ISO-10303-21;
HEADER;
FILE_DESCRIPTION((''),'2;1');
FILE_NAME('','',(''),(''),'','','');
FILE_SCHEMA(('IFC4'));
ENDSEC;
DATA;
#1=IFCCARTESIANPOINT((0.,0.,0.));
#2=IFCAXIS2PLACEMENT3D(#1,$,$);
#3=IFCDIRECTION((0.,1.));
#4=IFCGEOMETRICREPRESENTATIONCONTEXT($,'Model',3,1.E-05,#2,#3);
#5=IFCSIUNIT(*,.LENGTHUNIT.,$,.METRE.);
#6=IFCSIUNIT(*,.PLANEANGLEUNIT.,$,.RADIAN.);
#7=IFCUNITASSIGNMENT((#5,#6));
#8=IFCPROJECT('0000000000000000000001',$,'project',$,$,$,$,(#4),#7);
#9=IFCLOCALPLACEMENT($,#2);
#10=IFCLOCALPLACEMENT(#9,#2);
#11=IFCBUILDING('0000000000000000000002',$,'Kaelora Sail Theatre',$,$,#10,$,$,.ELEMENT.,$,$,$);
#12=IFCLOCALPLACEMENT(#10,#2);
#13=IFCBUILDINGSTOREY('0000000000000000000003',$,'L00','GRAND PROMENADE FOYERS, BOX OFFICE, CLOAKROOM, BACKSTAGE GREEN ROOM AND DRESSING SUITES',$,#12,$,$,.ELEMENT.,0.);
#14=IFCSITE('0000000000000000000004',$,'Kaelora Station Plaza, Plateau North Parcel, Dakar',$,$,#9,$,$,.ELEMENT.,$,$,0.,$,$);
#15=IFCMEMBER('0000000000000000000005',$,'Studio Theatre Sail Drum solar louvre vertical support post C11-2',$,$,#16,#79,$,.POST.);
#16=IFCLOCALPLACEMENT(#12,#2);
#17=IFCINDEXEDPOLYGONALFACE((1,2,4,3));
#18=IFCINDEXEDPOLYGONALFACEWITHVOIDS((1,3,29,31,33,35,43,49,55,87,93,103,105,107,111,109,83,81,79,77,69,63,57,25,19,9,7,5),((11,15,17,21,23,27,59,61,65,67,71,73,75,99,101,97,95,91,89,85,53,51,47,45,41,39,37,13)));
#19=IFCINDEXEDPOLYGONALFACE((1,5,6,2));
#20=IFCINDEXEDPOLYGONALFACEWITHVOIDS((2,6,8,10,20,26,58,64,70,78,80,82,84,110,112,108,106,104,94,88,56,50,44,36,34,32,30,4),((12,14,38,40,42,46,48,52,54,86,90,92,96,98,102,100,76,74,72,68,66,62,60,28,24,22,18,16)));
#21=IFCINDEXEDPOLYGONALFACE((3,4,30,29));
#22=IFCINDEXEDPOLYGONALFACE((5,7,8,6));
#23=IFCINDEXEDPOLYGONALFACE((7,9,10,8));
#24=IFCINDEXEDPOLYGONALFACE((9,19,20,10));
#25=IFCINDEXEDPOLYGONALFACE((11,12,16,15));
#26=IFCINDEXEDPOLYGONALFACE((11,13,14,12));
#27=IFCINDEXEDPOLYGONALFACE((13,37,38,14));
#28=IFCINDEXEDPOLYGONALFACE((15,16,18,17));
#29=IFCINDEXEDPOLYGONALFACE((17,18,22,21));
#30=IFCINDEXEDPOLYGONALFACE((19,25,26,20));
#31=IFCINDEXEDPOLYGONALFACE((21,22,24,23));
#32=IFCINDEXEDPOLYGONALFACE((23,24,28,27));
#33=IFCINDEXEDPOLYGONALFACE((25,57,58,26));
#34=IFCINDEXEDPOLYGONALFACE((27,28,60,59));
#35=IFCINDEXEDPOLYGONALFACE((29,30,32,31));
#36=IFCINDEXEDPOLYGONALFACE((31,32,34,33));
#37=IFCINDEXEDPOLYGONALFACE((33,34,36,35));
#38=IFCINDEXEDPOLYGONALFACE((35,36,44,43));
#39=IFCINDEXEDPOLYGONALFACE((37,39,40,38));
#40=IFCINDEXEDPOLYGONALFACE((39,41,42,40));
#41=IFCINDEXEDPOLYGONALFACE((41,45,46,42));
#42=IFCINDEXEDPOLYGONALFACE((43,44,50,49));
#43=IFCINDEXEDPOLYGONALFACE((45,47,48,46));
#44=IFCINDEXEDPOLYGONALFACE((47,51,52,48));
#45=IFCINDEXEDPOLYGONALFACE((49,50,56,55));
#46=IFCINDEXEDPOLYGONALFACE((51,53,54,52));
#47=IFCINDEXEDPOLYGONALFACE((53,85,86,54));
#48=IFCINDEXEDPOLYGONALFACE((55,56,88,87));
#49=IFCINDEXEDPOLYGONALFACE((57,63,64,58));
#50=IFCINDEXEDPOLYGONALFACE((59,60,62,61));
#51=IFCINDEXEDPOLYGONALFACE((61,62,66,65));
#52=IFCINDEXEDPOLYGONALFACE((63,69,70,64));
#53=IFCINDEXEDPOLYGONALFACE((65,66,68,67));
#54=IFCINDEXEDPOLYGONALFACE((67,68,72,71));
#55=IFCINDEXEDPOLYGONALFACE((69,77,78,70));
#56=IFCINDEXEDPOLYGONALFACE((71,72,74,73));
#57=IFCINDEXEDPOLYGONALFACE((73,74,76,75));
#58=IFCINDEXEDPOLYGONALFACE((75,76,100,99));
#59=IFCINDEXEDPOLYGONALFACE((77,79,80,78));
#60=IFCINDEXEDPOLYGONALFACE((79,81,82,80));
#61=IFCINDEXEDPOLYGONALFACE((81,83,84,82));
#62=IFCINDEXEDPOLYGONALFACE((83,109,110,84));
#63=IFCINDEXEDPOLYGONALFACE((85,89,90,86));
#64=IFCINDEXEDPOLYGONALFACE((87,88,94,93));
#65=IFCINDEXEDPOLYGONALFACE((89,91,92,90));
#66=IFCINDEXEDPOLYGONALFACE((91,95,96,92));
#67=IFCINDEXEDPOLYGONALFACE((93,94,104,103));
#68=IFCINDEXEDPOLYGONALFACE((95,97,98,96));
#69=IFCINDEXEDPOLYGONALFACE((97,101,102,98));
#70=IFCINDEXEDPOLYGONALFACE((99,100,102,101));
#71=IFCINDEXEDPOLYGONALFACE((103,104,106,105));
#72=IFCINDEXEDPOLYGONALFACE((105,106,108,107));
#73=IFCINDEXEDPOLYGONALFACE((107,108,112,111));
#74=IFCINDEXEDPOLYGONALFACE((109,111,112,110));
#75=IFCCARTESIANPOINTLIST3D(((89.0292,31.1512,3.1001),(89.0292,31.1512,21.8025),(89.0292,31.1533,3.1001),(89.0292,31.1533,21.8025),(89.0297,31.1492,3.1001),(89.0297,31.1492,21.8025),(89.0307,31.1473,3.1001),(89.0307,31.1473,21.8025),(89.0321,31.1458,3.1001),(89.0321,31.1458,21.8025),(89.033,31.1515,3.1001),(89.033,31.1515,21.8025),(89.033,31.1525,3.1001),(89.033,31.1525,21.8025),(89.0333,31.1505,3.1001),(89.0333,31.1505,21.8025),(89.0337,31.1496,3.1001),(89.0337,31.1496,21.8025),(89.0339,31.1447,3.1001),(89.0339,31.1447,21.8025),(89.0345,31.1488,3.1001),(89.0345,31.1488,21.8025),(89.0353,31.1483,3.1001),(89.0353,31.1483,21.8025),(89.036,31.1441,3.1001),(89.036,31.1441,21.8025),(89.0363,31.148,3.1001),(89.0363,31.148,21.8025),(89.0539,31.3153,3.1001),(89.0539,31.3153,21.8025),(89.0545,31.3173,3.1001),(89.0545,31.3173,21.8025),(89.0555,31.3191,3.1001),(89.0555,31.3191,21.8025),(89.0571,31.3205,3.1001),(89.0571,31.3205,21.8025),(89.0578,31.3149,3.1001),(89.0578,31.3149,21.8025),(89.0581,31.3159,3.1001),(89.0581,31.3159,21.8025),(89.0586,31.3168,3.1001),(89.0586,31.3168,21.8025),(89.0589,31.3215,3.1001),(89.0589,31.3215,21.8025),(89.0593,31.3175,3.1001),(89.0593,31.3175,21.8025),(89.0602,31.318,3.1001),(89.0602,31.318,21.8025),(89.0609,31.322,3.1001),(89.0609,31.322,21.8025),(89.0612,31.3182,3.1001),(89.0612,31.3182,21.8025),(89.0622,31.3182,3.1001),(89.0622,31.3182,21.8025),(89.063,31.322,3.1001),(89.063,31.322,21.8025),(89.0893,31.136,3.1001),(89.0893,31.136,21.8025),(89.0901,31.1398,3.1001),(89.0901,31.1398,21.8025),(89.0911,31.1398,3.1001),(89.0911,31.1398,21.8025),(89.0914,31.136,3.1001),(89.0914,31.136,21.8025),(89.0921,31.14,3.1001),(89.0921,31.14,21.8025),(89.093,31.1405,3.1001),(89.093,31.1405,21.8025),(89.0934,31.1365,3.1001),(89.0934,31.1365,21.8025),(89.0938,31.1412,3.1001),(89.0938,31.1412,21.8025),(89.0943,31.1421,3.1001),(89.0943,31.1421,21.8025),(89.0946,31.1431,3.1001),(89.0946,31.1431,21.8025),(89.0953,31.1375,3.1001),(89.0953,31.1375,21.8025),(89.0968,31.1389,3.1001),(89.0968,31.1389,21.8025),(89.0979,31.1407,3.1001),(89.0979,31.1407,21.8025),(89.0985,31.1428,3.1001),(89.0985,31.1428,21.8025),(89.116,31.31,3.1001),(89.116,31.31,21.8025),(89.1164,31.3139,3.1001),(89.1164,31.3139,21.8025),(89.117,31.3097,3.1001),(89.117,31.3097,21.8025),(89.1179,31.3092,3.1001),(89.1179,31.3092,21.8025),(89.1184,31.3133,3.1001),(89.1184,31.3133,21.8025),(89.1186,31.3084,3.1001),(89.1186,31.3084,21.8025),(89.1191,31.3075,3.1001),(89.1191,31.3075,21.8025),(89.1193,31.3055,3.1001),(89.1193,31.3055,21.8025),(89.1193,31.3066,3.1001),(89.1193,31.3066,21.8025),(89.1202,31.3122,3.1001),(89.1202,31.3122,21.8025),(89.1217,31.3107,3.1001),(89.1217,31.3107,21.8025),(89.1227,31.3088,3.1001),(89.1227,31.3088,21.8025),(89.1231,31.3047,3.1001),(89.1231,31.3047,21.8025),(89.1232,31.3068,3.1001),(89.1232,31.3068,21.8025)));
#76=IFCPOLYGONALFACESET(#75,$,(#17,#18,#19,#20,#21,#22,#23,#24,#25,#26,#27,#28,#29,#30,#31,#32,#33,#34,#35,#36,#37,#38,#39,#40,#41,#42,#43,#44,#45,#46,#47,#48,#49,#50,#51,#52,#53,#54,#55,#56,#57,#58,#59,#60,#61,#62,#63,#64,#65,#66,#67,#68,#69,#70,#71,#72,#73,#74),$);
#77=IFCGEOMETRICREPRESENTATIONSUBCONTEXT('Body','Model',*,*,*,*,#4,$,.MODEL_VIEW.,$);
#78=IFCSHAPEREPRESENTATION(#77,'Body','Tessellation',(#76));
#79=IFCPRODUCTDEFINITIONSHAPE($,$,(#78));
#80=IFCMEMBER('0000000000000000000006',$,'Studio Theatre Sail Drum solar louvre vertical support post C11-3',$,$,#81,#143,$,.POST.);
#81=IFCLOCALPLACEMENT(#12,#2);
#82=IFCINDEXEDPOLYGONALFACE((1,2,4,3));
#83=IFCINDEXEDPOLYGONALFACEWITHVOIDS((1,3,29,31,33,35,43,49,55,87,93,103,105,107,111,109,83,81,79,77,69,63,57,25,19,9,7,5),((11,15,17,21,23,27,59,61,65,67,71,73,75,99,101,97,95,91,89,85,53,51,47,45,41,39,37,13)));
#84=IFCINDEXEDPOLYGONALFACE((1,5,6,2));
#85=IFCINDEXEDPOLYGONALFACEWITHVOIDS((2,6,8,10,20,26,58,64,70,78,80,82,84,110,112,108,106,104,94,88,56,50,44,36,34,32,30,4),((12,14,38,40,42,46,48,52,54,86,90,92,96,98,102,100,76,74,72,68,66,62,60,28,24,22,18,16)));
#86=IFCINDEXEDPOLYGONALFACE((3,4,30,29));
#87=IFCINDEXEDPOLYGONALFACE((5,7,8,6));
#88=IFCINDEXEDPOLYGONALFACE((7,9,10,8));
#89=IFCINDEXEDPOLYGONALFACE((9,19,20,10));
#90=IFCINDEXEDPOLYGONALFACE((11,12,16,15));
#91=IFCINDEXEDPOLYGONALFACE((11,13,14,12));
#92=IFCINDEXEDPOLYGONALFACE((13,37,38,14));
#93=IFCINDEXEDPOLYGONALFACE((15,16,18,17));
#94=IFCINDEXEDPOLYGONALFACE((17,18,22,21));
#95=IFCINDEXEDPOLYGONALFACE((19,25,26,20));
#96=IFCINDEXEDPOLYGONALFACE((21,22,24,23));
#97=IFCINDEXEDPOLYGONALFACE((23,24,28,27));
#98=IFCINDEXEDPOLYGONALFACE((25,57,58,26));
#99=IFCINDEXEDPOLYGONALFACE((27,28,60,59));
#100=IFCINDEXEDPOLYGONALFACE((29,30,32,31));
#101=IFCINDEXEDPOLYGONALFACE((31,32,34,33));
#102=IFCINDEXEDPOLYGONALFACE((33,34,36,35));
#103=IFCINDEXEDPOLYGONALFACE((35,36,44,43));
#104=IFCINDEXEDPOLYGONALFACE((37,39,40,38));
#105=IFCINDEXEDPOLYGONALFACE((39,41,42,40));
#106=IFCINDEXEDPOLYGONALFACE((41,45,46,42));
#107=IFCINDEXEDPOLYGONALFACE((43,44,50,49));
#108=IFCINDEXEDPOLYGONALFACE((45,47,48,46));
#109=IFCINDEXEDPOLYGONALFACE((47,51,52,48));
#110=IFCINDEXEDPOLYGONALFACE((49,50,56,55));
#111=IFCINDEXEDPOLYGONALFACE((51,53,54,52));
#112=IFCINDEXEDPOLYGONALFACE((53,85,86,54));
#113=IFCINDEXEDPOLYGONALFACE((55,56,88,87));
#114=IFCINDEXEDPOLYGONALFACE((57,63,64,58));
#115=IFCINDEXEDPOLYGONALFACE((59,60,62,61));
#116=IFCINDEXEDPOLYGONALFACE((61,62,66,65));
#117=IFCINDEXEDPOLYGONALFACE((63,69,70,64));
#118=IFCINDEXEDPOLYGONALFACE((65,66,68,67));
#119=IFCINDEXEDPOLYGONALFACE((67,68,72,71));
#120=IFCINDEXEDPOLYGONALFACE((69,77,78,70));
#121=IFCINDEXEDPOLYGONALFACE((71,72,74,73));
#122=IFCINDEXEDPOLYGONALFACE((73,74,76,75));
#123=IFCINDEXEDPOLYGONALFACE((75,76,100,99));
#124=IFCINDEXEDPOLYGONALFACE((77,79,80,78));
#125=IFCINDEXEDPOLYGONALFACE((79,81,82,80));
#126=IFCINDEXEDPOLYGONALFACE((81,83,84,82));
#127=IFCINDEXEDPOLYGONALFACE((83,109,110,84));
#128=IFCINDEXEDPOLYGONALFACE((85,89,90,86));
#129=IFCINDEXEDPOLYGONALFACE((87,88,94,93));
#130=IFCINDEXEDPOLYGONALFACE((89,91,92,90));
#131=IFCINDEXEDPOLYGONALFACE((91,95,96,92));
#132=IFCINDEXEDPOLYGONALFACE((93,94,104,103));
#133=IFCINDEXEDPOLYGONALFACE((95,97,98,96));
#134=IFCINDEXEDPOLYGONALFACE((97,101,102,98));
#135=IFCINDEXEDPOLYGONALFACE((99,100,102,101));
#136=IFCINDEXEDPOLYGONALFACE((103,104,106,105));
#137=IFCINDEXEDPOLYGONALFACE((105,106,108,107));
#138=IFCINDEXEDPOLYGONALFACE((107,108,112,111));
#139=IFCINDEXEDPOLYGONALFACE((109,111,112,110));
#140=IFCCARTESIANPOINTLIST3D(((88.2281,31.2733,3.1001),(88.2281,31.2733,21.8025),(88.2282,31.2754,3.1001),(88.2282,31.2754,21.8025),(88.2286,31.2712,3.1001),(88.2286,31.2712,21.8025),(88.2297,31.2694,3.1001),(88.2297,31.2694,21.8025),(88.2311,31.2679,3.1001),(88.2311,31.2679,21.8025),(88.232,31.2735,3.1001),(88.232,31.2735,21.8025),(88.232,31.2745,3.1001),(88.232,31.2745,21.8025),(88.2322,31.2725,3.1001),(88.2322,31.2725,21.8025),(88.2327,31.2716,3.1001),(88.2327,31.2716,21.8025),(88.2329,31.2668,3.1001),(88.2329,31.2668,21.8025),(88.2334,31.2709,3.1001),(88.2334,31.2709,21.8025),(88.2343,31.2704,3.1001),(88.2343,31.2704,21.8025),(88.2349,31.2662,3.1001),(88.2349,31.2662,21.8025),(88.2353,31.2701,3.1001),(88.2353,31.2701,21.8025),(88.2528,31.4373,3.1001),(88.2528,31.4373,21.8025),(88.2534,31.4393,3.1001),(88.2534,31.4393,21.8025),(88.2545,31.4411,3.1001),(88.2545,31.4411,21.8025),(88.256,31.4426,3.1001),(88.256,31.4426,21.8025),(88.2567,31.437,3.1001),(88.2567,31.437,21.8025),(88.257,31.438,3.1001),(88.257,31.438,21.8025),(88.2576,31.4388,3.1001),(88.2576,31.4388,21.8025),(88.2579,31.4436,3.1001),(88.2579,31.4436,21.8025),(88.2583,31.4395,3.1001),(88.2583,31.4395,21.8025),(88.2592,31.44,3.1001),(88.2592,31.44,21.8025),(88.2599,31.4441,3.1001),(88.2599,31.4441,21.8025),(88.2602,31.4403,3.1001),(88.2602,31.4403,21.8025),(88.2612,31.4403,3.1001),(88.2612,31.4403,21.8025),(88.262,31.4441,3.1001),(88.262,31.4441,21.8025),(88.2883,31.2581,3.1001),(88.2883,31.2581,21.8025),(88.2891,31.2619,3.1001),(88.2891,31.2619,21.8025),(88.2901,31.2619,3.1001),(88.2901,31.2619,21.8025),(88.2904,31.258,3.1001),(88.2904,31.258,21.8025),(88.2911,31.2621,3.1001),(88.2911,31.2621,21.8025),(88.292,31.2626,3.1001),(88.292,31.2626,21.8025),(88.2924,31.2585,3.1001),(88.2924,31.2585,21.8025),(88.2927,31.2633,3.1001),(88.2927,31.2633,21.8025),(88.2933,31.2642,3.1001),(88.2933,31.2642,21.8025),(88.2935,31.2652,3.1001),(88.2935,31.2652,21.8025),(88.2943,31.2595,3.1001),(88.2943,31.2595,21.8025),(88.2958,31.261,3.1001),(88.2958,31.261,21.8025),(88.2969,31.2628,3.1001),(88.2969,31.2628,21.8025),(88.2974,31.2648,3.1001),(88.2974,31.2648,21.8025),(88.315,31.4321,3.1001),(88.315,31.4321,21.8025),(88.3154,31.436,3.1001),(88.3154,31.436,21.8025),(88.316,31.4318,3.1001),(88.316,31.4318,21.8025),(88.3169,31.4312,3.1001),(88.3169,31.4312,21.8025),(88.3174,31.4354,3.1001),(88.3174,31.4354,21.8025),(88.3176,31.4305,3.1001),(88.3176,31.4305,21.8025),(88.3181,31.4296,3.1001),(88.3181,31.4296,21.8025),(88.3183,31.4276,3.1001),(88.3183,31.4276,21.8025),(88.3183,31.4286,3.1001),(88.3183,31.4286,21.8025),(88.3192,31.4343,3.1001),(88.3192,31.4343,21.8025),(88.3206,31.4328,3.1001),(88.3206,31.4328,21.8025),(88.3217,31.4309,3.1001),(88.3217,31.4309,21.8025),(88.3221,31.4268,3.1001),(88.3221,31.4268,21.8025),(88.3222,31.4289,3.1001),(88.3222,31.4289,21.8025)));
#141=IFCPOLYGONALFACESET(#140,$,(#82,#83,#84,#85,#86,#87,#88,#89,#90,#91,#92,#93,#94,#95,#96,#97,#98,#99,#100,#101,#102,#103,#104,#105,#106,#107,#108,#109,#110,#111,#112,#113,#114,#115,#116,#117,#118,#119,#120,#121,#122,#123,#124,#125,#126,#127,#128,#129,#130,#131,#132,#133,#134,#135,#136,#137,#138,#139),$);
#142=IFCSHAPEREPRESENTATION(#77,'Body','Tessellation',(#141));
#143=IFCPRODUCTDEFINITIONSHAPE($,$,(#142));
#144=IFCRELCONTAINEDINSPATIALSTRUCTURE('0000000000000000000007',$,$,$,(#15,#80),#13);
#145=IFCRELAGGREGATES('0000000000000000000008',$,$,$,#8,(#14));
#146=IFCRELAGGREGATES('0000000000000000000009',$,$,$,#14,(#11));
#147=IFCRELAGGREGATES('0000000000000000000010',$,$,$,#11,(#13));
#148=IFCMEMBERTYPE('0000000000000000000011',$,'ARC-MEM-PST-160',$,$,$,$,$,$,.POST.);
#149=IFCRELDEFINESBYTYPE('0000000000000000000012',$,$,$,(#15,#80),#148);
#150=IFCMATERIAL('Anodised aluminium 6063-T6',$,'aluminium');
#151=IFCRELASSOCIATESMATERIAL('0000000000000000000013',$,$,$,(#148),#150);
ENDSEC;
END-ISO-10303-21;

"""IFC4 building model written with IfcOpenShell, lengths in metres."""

from ifc_helpers import new_model, si_unit, direction, frame, origin, origin_2d, place, context, subcontext, project, spatial, hollow_rectangle, extrude, material, material_profile, profile_set, type_object, element, save


model = new_model("IFC4")

# Units and contexts
model_context = context("Model", 3, precision=1e-05, world=origin(), true_north=direction((0.0, 1.0)))
body_context = subcontext(model_context, "Body", "Model", "MODEL_VIEW")
ifc_project = project(units=[si_unit("LENGTHUNIT", "METRE"), si_unit("PLANEANGLEUNIT", "RADIAN")], contexts=[model_context])

# Site, building, storey
site_placement = place(None, origin())
site = spatial("IfcSite", under=ifc_project, at=site_placement, Name="Kaelora Station Plaza, Plateau North Parcel, Dakar", CompositionType="ELEMENT", RefElevation=0.0)
building_placement = place(site_placement, origin())
building = spatial("IfcBuilding", under=site, at=building_placement, Name="Kaelora Sail Theatre", CompositionType="ELEMENT")
storey_placement = place(building_placement, origin())
storey = spatial("IfcBuildingStorey", under=building, at=storey_placement, Name="L00", Description="GRAND PROMENADE FOYERS, BOX OFFICE, CLOAKROOM, BACKSTAGE GREEN ROOM AND DRESSING SUITES", CompositionType="ELEMENT", Elevation=0.0)

# Members
ifc_material_1 = material(Name="Anodised aluminium 6063-T6", Category="aluminium")
ifc_material_profile_1 = material_profile(ifc_material_1, hollow_rectangle(XDim=0.0701, YDim=0.1799, WallThickness=0.0039, InnerFilletRadius=0.0039, OuterFilletRadius=0.0081, at=origin_2d()), Name="ALU-MULL 70x180x4")
ifc_profile_set_1 = profile_set([ifc_material_profile_1], Name="Anodised aluminium 6063-T6")
member_type_1 = type_object("IfcMemberType", Name="ARC-MEM-PST-160", PredefinedType="POST", material=ifc_profile_set_1)
for number, where, z_axis, x_axis, name in (
    (1, (89.0762, 31.229, 3.1001), (0.0, 0.0, 1.0), (-0.988599, 0.150571, 0.0), "Studio Theatre Sail Drum solar louvre vertical support post C11-2"),
    (2, (88.2751, 31.3511, 3.1001), (0.0, 0.0, 1.0), (-0.988599, 0.150571, 0.0), "Studio Theatre Sail Drum solar louvre vertical support post C11-3"),
):
    element("IfcMember", number, at=place(storey_placement, frame(where, z_axis=z_axis, x_axis=x_axis)), inside=storey, type_object=member_type_1, Name=name, PredefinedType="POST", context=body_context, shape_type="SweptSolid", body=[
        extrude(hollow_rectangle(XDim=0.0701, YDim=0.1799, WallThickness=0.0039, InnerFilletRadius=0.0039, OuterFilletRadius=0.0081, at=origin_2d()), origin(), (0.0, 0.0, 1.0), 18.7024),
    ])

save(model, "model.ifc")
